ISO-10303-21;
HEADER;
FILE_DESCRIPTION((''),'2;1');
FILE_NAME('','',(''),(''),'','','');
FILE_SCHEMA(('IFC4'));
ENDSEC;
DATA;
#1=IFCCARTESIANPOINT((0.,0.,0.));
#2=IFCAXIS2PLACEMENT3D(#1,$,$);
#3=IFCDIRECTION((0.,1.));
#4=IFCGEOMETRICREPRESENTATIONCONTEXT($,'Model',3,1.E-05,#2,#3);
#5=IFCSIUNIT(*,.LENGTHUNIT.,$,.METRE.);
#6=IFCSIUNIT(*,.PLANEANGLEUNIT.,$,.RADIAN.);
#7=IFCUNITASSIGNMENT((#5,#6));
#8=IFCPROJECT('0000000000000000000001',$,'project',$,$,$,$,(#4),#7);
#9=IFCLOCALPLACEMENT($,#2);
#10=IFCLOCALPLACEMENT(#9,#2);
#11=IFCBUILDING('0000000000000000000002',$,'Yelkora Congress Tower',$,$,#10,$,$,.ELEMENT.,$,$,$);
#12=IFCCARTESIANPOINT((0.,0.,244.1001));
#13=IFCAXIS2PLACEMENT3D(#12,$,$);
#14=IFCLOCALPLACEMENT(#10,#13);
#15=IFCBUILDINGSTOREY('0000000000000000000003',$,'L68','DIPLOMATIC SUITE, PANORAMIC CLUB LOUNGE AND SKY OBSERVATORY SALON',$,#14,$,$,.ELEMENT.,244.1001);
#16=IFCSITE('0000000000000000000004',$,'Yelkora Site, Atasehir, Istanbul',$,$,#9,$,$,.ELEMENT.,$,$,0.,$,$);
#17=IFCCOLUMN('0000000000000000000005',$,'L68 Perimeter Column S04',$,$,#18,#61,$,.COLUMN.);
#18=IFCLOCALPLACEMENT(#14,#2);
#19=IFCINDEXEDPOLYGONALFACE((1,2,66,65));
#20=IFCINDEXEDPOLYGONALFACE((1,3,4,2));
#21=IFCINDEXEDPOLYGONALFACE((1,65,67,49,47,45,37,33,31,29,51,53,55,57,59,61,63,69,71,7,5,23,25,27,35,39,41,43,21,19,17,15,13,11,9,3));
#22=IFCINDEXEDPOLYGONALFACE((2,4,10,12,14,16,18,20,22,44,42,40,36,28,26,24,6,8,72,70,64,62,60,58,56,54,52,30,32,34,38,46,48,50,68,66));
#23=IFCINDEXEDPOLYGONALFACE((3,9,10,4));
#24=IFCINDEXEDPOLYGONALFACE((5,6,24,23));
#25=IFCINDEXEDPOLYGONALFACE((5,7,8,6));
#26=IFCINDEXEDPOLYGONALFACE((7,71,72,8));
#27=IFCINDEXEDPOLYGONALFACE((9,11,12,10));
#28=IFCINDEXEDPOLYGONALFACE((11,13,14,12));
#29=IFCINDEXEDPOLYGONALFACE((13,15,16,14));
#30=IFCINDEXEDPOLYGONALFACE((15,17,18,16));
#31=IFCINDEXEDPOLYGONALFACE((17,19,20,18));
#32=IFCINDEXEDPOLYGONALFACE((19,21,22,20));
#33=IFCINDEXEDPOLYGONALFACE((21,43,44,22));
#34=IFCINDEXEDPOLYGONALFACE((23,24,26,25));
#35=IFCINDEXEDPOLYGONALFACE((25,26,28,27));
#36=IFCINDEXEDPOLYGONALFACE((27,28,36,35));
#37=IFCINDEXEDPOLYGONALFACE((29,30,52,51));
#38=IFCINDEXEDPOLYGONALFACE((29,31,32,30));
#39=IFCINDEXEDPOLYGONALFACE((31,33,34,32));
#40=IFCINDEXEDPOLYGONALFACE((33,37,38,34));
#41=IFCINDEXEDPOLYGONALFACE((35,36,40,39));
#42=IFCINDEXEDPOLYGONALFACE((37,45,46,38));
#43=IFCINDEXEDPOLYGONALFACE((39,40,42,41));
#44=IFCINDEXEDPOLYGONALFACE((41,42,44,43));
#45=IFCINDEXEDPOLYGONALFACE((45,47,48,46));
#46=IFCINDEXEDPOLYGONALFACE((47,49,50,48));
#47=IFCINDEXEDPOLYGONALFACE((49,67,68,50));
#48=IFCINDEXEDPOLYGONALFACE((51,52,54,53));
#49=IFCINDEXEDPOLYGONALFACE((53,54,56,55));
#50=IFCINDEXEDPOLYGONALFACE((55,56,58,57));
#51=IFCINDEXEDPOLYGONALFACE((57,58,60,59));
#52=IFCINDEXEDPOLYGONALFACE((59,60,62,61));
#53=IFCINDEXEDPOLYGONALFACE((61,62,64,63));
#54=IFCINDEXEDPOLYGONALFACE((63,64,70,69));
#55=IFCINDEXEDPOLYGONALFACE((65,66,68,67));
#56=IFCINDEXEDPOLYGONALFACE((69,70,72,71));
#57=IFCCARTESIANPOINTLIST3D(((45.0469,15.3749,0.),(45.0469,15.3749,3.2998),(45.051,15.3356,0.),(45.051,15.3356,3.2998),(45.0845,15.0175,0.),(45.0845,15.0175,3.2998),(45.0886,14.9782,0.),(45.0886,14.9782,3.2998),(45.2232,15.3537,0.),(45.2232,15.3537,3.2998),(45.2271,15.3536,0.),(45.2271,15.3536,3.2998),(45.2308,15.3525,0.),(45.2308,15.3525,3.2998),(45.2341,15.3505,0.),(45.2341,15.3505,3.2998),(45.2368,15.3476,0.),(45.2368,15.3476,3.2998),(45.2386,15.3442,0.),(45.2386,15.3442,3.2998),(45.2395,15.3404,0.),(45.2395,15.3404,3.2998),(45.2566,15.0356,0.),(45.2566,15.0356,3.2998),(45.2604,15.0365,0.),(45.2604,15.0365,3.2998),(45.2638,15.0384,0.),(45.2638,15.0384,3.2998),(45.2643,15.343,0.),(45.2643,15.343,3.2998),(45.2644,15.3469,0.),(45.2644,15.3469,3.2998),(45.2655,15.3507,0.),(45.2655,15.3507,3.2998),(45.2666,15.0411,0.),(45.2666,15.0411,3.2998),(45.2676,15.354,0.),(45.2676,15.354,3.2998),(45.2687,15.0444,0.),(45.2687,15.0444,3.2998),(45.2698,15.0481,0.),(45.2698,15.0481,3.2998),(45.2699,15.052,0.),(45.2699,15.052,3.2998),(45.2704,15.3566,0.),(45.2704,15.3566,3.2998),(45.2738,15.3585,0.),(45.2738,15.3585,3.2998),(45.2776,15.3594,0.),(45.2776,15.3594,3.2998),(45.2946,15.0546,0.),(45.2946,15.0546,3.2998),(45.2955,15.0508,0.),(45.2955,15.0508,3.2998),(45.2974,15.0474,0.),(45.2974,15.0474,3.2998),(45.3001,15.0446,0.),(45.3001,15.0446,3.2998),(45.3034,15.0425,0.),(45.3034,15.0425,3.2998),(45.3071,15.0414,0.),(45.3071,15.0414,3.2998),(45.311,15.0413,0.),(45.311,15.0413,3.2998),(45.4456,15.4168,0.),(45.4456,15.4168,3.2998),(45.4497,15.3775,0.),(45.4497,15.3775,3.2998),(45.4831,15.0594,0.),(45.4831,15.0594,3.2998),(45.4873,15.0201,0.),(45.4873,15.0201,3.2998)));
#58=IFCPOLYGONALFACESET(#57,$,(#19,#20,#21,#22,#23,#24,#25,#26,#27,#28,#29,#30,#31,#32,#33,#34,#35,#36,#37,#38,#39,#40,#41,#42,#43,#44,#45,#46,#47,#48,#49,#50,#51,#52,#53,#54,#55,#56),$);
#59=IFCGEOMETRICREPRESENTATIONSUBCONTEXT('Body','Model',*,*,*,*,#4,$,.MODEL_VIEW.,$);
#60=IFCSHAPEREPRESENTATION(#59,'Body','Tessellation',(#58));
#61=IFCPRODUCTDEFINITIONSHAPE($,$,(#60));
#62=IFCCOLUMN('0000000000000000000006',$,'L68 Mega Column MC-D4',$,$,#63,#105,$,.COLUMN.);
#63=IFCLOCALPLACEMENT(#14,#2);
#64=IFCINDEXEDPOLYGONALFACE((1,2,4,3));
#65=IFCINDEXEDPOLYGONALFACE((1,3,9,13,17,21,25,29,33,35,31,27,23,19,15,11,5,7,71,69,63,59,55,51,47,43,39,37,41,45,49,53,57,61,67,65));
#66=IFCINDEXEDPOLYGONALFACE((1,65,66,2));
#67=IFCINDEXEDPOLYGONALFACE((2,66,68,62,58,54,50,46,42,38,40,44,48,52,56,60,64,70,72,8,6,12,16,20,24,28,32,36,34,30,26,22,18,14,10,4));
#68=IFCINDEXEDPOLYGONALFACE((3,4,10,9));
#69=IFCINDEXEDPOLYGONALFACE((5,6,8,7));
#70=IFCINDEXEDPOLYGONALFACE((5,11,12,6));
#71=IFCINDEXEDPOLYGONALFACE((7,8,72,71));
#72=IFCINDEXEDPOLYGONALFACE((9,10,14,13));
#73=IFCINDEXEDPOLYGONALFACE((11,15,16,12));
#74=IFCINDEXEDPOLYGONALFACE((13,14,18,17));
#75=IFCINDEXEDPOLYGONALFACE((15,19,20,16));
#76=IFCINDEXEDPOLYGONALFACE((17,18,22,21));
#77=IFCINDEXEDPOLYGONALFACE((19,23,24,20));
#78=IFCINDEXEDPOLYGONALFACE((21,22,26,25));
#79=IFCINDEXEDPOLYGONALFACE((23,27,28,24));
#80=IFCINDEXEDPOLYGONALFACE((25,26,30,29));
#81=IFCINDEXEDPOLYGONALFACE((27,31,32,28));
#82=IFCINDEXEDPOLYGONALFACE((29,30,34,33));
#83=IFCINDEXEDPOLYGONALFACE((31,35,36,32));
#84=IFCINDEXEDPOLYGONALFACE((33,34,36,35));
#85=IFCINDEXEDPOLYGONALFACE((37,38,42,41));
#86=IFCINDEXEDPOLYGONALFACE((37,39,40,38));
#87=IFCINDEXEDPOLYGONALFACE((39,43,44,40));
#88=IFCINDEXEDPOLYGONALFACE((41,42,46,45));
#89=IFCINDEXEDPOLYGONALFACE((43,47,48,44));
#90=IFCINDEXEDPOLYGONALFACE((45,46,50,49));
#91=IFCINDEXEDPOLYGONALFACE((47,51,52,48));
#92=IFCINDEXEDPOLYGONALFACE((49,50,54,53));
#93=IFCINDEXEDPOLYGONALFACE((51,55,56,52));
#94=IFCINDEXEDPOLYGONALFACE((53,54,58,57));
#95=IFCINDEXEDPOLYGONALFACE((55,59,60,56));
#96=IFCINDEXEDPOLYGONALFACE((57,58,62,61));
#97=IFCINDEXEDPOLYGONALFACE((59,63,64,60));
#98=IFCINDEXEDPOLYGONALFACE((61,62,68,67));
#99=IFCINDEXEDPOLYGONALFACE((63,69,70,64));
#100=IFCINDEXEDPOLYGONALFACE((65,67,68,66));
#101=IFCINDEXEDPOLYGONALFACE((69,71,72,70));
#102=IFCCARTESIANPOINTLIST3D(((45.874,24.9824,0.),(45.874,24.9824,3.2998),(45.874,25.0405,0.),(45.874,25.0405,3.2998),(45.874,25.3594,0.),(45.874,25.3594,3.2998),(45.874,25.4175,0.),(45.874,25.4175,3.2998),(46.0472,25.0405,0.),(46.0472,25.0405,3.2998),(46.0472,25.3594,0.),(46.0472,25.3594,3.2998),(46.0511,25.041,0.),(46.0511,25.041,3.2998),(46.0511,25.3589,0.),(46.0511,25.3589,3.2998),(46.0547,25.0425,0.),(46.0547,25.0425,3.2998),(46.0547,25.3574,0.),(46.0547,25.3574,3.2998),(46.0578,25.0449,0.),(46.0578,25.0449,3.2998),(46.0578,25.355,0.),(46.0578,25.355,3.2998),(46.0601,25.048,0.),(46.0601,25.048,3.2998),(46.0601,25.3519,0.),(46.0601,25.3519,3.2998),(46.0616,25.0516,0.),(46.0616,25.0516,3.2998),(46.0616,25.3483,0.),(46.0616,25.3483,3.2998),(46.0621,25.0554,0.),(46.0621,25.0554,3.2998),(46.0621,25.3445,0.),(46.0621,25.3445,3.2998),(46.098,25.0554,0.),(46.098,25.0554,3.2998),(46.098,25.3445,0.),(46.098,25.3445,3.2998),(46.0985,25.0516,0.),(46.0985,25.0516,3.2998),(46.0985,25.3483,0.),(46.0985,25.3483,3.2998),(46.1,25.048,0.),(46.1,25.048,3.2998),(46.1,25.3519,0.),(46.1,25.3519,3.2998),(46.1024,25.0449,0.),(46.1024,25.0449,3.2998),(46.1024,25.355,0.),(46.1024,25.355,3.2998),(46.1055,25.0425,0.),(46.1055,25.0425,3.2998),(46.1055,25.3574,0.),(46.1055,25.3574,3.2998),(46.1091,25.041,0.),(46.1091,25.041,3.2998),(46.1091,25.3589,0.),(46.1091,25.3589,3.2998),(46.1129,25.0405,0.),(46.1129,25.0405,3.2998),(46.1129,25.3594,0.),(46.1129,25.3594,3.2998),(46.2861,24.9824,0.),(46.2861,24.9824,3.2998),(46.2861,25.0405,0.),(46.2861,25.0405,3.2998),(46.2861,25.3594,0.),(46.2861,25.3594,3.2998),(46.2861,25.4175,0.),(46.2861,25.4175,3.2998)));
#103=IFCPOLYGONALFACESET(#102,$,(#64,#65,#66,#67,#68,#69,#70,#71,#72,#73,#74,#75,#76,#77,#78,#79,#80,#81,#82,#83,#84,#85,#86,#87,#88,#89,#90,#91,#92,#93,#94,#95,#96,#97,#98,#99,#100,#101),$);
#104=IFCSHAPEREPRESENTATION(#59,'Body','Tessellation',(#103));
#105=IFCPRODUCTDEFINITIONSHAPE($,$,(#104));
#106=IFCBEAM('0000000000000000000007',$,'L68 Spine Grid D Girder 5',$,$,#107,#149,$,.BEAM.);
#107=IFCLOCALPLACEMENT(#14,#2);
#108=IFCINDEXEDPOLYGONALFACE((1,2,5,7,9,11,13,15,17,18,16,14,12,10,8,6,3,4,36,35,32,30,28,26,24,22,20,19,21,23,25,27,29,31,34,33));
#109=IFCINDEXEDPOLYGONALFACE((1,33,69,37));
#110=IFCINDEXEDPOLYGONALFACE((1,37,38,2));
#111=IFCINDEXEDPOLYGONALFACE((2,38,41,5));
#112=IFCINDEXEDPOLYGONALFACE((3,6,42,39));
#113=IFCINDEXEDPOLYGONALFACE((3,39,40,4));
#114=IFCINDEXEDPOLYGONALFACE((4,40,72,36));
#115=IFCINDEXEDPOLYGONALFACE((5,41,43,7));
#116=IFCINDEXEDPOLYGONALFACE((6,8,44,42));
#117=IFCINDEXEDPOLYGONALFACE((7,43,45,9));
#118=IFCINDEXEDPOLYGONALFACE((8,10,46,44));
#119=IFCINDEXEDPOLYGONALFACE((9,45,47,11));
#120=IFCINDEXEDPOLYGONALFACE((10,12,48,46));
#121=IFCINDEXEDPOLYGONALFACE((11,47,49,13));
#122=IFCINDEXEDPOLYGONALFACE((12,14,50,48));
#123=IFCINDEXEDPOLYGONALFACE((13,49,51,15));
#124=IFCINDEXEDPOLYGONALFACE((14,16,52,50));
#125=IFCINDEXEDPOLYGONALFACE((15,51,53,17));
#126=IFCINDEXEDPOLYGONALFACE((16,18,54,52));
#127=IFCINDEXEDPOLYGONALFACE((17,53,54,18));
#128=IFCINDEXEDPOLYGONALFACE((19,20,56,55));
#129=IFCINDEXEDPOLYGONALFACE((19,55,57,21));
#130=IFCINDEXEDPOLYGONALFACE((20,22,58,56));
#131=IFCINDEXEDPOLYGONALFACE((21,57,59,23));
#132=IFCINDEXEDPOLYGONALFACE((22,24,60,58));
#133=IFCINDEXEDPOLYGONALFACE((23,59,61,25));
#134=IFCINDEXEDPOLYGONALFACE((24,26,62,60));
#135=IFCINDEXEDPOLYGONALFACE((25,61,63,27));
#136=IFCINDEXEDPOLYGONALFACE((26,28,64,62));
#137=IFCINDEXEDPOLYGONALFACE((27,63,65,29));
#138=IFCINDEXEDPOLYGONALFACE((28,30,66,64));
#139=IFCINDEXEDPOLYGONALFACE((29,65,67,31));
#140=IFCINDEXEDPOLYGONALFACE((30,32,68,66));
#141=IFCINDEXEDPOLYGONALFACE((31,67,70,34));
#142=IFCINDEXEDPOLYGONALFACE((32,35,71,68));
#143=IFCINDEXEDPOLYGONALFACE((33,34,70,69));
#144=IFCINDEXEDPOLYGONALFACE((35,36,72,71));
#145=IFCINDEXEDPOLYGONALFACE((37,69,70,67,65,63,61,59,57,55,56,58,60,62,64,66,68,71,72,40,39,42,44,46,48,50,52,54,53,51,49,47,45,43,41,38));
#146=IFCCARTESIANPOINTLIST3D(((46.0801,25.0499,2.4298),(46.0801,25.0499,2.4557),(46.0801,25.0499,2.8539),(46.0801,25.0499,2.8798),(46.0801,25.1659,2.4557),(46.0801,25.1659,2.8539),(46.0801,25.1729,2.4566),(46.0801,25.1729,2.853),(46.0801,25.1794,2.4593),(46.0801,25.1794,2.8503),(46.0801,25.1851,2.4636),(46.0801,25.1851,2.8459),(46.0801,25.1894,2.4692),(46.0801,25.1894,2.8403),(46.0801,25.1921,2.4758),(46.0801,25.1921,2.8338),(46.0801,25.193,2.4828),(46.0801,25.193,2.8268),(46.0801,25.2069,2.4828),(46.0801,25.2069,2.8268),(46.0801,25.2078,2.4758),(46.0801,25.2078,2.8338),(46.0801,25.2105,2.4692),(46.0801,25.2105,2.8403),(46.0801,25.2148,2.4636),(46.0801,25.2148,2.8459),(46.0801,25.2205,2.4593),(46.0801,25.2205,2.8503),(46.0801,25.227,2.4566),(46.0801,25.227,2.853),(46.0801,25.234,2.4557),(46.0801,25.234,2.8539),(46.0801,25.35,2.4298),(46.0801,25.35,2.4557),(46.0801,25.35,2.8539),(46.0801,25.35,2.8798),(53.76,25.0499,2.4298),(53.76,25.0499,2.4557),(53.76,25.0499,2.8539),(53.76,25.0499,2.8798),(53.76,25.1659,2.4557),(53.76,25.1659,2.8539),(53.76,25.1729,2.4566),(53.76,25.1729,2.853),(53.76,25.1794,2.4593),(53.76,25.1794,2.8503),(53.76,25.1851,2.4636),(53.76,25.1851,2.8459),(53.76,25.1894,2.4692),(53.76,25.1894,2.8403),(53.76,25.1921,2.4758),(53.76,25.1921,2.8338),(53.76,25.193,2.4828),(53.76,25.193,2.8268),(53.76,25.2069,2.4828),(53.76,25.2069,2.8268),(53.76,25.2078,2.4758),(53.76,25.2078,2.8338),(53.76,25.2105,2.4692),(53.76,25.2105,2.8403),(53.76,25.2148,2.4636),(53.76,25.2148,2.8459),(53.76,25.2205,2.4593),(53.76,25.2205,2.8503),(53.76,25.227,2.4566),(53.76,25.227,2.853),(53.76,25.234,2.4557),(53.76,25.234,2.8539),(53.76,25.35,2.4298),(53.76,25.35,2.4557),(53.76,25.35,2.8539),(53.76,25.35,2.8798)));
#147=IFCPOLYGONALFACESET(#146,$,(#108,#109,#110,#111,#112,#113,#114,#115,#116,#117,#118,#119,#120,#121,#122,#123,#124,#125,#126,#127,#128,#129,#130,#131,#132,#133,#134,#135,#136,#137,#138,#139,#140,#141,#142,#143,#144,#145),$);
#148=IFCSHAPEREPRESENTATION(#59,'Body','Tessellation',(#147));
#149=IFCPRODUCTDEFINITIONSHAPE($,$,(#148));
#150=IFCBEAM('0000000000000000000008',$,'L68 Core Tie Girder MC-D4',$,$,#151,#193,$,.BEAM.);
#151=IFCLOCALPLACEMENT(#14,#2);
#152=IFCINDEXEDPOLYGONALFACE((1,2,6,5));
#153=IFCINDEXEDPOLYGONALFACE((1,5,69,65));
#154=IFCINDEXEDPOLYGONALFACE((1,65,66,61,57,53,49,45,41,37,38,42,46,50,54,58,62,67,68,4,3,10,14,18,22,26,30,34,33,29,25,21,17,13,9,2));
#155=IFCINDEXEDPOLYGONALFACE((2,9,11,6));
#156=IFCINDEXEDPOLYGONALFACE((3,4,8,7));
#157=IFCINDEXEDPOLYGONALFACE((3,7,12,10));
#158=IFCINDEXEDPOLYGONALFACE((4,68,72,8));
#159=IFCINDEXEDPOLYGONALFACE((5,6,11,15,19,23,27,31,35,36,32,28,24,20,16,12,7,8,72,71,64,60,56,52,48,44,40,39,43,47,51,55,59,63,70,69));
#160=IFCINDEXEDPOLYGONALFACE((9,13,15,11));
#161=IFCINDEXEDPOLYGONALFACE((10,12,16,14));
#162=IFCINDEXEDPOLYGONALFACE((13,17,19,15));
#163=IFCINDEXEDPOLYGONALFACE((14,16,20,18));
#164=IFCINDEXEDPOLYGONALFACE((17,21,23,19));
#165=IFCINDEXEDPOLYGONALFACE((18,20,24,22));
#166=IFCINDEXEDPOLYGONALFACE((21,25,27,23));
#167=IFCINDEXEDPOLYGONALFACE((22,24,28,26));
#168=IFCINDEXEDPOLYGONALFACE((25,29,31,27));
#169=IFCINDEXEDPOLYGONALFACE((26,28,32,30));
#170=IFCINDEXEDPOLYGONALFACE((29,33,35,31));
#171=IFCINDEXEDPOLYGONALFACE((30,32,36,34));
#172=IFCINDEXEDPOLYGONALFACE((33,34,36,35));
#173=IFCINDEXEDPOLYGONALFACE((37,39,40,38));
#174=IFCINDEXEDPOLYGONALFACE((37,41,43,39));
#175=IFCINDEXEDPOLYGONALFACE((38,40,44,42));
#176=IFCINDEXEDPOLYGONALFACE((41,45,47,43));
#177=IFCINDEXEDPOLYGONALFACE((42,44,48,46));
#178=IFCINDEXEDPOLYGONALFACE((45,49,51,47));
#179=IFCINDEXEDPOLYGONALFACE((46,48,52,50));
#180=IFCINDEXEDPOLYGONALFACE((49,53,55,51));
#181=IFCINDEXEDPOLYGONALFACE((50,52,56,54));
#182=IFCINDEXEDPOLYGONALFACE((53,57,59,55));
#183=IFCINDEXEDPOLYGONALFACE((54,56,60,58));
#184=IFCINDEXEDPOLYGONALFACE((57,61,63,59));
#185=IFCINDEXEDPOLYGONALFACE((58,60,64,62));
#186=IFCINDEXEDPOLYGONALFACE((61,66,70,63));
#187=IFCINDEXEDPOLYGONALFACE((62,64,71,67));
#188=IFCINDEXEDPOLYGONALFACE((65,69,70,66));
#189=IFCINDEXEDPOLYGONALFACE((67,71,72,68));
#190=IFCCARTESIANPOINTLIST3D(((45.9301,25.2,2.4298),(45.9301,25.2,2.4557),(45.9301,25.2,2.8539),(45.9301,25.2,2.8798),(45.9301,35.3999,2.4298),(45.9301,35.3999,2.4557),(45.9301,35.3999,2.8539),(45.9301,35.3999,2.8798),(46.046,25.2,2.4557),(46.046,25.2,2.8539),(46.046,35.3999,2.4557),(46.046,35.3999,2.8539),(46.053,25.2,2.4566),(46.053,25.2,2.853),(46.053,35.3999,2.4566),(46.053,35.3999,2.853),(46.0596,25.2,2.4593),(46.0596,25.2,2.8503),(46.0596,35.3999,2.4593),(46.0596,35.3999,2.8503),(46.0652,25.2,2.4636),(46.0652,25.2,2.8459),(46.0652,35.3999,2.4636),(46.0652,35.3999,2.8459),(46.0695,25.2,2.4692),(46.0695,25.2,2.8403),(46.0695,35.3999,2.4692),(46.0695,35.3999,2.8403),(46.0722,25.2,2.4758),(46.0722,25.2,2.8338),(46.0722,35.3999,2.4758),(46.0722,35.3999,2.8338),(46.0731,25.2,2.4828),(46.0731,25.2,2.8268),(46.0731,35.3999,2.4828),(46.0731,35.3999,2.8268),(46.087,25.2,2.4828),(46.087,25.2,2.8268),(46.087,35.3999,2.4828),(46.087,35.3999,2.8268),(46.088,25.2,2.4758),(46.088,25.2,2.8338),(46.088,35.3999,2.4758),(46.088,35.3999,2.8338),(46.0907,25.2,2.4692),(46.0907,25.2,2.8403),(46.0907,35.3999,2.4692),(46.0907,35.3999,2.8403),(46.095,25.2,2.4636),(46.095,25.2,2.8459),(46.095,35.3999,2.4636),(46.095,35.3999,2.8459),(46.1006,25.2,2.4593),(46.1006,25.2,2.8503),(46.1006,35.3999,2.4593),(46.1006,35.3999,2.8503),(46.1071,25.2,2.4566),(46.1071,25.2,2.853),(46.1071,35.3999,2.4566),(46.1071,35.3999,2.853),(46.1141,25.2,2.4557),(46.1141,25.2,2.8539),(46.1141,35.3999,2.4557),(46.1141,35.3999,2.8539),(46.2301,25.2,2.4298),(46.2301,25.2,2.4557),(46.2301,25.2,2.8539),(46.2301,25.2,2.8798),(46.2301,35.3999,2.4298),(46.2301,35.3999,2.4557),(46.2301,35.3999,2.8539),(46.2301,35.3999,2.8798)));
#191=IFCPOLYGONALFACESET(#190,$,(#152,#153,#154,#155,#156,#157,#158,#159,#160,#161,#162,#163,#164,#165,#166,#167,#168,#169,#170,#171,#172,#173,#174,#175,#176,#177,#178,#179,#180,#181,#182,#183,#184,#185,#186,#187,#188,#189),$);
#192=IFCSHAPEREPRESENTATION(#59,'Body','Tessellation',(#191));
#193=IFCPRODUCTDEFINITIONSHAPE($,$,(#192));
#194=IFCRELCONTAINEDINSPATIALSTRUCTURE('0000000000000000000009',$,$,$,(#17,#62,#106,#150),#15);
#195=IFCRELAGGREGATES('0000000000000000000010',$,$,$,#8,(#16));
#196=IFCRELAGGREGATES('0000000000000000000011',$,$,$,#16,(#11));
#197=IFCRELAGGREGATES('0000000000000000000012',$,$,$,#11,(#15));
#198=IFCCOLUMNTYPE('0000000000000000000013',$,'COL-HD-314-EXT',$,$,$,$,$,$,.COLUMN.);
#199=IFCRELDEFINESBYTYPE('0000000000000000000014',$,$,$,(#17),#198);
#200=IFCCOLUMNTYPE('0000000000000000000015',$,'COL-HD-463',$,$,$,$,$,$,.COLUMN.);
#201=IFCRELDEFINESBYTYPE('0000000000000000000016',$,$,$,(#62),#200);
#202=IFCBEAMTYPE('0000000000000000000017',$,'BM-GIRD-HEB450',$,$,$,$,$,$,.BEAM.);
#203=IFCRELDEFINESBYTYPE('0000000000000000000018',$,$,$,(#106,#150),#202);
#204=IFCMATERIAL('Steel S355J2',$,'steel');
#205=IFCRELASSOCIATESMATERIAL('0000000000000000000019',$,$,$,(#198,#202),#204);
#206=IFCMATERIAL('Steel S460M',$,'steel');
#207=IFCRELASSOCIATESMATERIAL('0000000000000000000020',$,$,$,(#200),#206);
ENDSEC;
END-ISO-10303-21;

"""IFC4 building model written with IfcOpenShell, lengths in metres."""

from ifc_helpers import new_model, si_unit, direction, frame, origin, origin_2d, place, context, subcontext, project, spatial, i_section, extrude, material, material_profile, profile_set, type_object, element, save


model = new_model("IFC4")

# Units and contexts
model_context = context("Model", 3, precision=1e-05, world=origin(), true_north=direction((0.0, 1.0)))
body_context = subcontext(model_context, "Body", "Model", "MODEL_VIEW")
ifc_project = project(units=[si_unit("LENGTHUNIT", "METRE"), si_unit("PLANEANGLEUNIT", "RADIAN")], contexts=[model_context])

# Site, building, storey
site_placement = place(None, origin())
site = spatial("IfcSite", under=ifc_project, at=site_placement, Name="Yelkora Site, Atasehir, Istanbul", CompositionType="ELEMENT", RefElevation=0.0)
building_placement = place(site_placement, origin())
building = spatial("IfcBuilding", under=site, at=building_placement, Name="Yelkora Congress Tower", CompositionType="ELEMENT")
storey_placement = place(building_placement, frame((0.0, 0.0, 244.1001)))
storey = spatial("IfcBuildingStorey", under=building, at=storey_placement, Name="L68", Description="DIPLOMATIC SUITE, PANORAMIC CLUB LOUNGE AND SKY OBSERVATORY SALON", CompositionType="ELEMENT", Elevation=244.1001)

# Columns
ifc_material_1 = material(Name="Steel S355J2", Category="steel")
ifc_material_profile_1 = material_profile(ifc_material_1, i_section(OverallWidth=0.4009, OverallDepth=0.3989, WebThickness=0.0249, FlangeThickness=0.0396, FilletRadius=0.0149, at=origin_2d()), Name="HD 400x314")
ifc_profile_set_1 = profile_set([ifc_material_profile_1], Name="Steel S355J2")
column_type_1 = type_object("IfcColumnType", Name="COL-HD-314-EXT", PredefinedType="COLUMN", material=ifc_profile_set_1)
column_1_placement = place(storey_placement, frame((45.2671, 15.1975, 0.0), z_axis=(0.0, 0.0, 1.0), x_axis=(0.994522, 0.104528, 0.0)))
element("IfcColumn", 1, at=column_1_placement, inside=storey, type_object=column_type_1, Name="L68 Perimeter Column S04", PredefinedType="COLUMN", context=body_context, shape_type="SweptSolid", body=[
    extrude(i_section(OverallWidth=0.4009, OverallDepth=0.3989, WebThickness=0.0249, FlangeThickness=0.0396, FilletRadius=0.0149, at=origin_2d()), origin(), (0.0, 0.0, 1.0), 3.2998),
])
ifc_material_2 = material(Name="Steel S460M", Category="steel")
ifc_material_profile_2 = material_profile(ifc_material_2, i_section(OverallWidth=0.4121, OverallDepth=0.4351, WebThickness=0.0359, FlangeThickness=0.0581, FilletRadius=0.0149, at=origin_2d()), Name="HD 400x463")
ifc_profile_set_2 = profile_set([ifc_material_profile_2], Name="Steel S460M")
column_type_2 = type_object("IfcColumnType", Name="COL-HD-463", PredefinedType="COLUMN", material=ifc_profile_set_2)
column_2_placement = place(storey_placement, frame((46.0801, 25.2, 0.0), z_axis=(0.0, 0.0, 1.0), x_axis=(1.0, 0.0, 0.0)))
element("IfcColumn", 2, at=column_2_placement, inside=storey, type_object=column_type_2, Name="L68 Mega Column MC-D4", PredefinedType="COLUMN", context=body_context, shape_type="SweptSolid", body=[
    extrude(i_section(OverallWidth=0.4121, OverallDepth=0.4351, WebThickness=0.0359, FlangeThickness=0.0581, FilletRadius=0.0149, at=origin_2d()), origin(), (0.0, 0.0, 1.0), 3.2998),
])

# Beams
ifc_material_profile_3 = material_profile(ifc_material_1, i_section(OverallWidth=0.3, OverallDepth=0.45, WebThickness=0.0139, FlangeThickness=0.0259, FilletRadius=0.0271, at=origin_2d()), Name="HEB 450")
ifc_profile_set_3 = profile_set([ifc_material_profile_3], Name="Steel S355J2")
beam_type_1 = type_object("IfcBeamType", Name="BM-GIRD-HEB450", PredefinedType="BEAM", material=ifc_profile_set_3)
beam_1_placement = place(storey_placement, frame((46.0801, 25.2, 2.6548), z_axis=(1.0, 0.0, 0.0), x_axis=(0.0, 1.0, 0.0)))
element("IfcBeam", 3, at=beam_1_placement, inside=storey, type_object=beam_type_1, Name="L68 Spine Grid D Girder 5", PredefinedType="BEAM", context=body_context, shape_type="SweptSolid", body=[
    extrude(i_section(OverallWidth=0.3, OverallDepth=0.45, WebThickness=0.0139, FlangeThickness=0.0259, FilletRadius=0.0271, at=origin_2d()), origin(), (0.0, 0.0, 1.0), 7.6799),
])
beam_2_placement = place(storey_placement, frame((46.0801, 25.2, 2.6548), z_axis=(0.0, 1.0, 0.0), x_axis=(-1.0, 0.0, 0.0)))
element("IfcBeam", 4, at=beam_2_placement, inside=storey, type_object=beam_type_1, Name="L68 Core Tie Girder MC-D4", PredefinedType="BEAM", context=body_context, shape_type="SweptSolid", body=[
    extrude(i_section(OverallWidth=0.3, OverallDepth=0.45, WebThickness=0.0139, FlangeThickness=0.0259, FilletRadius=0.0271, at=origin_2d()), origin(), (0.0, 0.0, 1.0), 10.2),
])

save(model, "model.ifc")
